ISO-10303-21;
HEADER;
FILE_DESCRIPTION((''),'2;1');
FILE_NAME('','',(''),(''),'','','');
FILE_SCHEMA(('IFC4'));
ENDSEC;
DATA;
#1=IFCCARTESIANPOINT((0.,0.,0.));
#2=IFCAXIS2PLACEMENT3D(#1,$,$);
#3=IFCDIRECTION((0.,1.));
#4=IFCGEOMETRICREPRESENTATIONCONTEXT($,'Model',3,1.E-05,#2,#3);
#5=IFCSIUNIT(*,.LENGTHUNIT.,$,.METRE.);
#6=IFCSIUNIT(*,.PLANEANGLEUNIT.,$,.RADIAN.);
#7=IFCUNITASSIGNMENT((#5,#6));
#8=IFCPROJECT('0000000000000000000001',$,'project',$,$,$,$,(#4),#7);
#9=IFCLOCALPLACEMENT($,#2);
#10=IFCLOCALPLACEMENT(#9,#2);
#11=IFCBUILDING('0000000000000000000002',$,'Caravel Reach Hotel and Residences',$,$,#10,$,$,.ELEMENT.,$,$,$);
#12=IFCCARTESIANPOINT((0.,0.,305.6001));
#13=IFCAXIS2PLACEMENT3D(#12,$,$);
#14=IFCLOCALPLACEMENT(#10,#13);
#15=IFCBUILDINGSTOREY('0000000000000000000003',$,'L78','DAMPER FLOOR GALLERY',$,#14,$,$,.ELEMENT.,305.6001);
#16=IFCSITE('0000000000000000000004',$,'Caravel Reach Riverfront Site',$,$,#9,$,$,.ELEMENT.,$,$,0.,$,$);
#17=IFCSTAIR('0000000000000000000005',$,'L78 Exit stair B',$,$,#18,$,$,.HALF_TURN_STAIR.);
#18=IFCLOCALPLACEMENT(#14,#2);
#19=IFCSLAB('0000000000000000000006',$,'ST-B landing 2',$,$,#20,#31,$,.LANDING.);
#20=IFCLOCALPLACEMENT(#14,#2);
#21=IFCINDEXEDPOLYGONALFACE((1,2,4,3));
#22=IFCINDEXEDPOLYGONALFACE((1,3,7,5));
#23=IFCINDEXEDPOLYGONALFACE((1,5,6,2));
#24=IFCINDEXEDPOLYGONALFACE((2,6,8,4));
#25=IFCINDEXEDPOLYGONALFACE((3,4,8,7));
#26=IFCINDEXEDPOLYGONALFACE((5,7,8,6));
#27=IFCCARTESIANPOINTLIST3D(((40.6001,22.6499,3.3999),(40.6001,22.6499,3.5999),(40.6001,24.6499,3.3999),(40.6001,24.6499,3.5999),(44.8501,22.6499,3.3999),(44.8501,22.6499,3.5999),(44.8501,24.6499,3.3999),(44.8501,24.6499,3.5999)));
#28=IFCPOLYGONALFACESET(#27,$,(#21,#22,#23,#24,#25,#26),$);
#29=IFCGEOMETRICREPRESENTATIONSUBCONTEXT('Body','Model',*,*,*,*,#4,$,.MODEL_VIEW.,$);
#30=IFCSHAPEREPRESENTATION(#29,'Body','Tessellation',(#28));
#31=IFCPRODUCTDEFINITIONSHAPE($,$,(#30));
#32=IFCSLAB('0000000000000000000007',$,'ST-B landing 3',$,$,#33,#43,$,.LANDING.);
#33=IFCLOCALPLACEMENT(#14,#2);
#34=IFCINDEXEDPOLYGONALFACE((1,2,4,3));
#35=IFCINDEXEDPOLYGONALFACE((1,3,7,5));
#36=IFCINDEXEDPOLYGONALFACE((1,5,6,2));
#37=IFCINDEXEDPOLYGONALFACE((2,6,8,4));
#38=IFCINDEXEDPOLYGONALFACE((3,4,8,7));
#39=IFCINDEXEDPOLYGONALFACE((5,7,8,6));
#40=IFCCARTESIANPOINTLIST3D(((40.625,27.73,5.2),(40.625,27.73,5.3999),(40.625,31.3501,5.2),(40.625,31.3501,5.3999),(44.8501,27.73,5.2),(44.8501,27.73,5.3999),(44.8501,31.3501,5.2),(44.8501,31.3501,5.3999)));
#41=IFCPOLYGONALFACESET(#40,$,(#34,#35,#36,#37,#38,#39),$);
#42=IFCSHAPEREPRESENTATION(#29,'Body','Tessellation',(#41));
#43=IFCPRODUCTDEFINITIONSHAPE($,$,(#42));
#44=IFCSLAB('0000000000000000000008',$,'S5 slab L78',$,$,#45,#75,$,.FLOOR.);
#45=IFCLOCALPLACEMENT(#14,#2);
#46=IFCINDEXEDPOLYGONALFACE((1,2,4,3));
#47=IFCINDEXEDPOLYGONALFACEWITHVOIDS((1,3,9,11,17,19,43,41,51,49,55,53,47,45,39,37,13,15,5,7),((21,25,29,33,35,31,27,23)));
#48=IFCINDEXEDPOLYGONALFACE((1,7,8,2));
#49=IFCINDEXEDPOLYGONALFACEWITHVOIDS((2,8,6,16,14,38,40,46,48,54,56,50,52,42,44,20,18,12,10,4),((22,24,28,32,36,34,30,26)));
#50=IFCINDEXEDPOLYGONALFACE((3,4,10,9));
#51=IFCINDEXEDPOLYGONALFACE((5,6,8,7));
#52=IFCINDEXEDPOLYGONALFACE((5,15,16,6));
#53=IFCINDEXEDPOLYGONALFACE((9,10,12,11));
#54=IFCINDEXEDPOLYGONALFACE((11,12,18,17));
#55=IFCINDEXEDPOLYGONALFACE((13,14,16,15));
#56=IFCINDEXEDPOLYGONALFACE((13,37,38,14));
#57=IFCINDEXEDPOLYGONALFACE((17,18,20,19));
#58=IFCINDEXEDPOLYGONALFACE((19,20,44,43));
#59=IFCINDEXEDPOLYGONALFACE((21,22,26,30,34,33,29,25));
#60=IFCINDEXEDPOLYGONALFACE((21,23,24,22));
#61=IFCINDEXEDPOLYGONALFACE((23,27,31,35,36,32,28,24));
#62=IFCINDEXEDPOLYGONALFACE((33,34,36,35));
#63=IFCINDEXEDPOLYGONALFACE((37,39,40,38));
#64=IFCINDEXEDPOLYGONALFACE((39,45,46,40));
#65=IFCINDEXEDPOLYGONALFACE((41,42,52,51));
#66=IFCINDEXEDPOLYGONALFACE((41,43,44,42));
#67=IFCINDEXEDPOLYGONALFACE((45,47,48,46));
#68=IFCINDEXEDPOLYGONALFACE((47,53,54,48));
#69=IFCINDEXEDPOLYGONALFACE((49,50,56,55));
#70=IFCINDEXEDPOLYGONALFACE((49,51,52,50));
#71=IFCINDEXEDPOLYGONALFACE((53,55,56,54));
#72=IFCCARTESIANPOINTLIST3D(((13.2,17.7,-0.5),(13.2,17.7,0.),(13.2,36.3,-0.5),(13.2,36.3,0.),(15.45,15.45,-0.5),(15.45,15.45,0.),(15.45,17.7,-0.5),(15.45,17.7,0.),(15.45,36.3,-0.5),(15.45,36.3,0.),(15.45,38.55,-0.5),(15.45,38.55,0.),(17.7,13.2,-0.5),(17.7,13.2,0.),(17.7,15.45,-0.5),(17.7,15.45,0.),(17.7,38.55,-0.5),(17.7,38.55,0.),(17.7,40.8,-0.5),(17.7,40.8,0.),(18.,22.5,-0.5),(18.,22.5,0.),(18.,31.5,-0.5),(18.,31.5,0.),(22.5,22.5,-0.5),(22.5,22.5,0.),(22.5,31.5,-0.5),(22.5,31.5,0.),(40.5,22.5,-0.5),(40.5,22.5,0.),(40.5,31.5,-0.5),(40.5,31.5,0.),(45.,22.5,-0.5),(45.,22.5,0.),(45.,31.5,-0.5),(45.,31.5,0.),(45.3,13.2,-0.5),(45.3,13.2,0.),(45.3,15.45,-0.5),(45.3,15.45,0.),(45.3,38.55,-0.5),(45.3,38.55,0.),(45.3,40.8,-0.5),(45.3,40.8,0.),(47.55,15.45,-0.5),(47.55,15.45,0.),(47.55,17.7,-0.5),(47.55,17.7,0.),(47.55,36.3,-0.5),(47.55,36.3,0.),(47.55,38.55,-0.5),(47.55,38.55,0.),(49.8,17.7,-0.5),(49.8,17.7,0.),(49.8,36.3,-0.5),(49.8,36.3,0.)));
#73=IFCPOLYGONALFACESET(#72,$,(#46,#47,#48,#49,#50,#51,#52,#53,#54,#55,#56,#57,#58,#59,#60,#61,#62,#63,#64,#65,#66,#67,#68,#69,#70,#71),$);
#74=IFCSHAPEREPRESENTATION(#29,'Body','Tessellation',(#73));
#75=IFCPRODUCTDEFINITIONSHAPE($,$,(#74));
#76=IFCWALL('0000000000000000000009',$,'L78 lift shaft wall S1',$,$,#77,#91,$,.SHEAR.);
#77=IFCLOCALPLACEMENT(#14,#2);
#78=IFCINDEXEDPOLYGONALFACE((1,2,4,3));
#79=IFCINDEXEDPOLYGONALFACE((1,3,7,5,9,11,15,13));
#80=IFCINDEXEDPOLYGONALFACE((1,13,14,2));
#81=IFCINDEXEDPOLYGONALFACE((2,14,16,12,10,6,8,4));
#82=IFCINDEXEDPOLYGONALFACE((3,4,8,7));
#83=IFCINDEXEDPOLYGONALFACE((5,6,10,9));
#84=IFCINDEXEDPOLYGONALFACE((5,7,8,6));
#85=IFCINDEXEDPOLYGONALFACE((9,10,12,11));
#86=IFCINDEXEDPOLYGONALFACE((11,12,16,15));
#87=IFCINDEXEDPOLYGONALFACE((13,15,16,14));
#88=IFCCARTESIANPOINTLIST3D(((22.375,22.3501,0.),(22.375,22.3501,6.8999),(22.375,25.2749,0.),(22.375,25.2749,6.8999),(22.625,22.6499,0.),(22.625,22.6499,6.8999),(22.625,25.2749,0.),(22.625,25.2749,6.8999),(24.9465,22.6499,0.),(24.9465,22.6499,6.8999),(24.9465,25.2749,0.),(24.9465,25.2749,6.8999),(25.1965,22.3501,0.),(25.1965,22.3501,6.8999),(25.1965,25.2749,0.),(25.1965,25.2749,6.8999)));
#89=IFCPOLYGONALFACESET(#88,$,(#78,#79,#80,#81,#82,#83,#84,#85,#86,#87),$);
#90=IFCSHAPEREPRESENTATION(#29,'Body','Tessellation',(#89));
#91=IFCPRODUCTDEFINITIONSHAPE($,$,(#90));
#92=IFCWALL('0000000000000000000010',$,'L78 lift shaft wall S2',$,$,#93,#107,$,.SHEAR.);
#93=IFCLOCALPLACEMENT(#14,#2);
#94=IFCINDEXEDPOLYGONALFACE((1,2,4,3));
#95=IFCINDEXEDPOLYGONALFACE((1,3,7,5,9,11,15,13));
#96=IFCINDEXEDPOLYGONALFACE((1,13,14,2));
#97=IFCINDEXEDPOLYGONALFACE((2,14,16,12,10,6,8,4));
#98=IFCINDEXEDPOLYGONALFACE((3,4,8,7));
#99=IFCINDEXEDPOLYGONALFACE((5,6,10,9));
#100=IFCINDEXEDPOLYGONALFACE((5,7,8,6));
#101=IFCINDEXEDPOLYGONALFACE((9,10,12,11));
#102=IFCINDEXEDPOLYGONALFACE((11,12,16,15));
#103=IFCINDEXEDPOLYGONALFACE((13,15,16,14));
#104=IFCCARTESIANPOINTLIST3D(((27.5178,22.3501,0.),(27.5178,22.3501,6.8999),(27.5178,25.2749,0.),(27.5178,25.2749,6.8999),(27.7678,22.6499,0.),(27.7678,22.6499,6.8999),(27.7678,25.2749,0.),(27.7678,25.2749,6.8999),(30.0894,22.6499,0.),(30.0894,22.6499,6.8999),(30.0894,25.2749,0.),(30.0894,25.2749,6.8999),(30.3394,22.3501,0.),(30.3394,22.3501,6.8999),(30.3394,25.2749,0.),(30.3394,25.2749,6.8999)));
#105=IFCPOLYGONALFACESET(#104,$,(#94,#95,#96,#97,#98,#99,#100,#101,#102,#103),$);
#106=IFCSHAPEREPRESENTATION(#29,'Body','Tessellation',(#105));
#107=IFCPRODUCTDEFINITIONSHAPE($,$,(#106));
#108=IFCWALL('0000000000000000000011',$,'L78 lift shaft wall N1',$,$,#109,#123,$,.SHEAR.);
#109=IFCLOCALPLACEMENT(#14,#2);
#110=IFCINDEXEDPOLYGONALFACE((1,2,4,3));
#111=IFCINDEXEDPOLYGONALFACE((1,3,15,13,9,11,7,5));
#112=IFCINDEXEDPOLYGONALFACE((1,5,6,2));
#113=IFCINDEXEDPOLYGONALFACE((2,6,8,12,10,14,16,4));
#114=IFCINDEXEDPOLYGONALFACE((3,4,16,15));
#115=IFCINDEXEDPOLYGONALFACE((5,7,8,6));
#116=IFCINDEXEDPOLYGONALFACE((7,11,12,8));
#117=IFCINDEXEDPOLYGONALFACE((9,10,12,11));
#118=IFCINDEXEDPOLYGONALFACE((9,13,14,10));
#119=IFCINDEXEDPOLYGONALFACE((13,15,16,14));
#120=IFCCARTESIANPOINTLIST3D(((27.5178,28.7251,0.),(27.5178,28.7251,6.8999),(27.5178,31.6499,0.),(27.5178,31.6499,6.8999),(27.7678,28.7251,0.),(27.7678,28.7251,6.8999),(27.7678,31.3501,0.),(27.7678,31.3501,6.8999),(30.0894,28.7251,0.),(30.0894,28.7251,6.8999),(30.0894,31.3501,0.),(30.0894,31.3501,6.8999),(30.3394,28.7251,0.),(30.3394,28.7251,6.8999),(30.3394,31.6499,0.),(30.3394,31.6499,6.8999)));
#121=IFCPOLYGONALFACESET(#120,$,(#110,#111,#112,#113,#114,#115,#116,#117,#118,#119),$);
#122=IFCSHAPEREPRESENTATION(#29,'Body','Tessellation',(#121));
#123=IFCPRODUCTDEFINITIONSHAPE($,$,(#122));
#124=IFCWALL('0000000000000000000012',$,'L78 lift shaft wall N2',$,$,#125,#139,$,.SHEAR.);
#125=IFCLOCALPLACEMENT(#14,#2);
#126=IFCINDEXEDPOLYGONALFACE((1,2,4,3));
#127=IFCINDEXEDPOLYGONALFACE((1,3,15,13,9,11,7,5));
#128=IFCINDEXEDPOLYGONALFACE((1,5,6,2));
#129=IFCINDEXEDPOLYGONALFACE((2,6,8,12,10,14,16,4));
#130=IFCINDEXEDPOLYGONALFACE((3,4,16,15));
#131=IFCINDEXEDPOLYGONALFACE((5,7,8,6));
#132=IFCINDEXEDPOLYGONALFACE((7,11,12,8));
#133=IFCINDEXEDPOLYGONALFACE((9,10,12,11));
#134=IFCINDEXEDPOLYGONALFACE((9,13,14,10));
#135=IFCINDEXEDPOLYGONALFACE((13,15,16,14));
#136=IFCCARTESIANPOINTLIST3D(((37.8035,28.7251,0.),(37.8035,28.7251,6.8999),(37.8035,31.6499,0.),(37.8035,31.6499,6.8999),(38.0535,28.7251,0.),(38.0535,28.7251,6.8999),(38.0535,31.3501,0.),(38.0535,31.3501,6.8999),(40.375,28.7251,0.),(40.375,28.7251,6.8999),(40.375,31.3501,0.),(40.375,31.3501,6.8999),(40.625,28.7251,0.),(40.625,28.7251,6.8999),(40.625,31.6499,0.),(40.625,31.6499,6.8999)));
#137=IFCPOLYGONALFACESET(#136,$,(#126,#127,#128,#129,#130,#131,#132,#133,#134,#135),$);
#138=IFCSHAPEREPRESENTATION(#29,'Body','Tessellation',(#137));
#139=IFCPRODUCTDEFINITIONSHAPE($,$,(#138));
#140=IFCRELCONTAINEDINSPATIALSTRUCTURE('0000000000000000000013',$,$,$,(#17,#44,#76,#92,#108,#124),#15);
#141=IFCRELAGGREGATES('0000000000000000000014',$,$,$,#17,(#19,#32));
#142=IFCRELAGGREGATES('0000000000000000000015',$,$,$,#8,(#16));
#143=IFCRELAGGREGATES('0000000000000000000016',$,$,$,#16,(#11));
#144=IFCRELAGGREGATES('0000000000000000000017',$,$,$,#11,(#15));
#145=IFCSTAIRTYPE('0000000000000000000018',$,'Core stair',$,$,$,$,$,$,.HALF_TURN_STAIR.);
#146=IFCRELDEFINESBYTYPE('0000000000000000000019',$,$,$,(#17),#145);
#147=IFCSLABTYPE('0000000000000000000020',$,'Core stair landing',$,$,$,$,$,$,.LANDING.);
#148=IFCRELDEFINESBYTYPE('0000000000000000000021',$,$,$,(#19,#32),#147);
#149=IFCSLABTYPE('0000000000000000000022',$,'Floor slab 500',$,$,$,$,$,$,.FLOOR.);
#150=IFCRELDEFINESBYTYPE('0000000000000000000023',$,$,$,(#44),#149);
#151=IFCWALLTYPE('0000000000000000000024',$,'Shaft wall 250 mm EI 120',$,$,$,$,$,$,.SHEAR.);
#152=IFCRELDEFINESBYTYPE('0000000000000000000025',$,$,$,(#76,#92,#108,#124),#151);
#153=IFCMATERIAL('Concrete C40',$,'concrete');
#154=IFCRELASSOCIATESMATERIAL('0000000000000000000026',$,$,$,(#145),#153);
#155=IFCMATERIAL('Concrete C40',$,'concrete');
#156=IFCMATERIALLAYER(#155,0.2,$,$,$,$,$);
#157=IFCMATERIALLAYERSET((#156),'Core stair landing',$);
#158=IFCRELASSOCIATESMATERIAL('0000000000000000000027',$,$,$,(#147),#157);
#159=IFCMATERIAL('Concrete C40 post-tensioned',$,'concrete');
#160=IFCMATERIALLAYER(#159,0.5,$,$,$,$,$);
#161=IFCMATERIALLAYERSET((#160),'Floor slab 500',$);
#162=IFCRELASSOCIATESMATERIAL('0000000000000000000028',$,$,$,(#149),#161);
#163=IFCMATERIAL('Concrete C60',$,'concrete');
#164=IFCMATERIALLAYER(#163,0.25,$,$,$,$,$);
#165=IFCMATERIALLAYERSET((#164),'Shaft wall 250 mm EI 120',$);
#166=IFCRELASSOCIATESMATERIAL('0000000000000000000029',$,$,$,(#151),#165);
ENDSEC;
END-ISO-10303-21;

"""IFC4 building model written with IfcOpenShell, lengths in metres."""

from ifc_helpers import new_model, si_unit, direction, frame, origin, place, context, subcontext, project, spatial, polyline, outline, extrude, material, layer, layer_set, type_object, element, aggregate, save


model = new_model("IFC4")

# Units and contexts
model_context = context("Model", 3, precision=1e-05, world=origin(), true_north=direction((0.0, 1.0)))
body_context = subcontext(model_context, "Body", "Model", "MODEL_VIEW")
ifc_project = project(units=[si_unit("LENGTHUNIT", "METRE"), si_unit("PLANEANGLEUNIT", "RADIAN")], contexts=[model_context])

# Site, building, storey
site_placement = place(None, origin())
site = spatial("IfcSite", under=ifc_project, at=site_placement, Name="Caravel Reach Riverfront Site", CompositionType="ELEMENT", RefElevation=0.0)
building_placement = place(site_placement, origin())
building = spatial("IfcBuilding", under=site, at=building_placement, Name="Caravel Reach Hotel and Residences", CompositionType="ELEMENT")
storey_placement = place(building_placement, frame((0.0, 0.0, 305.6001)))
storey = spatial("IfcBuildingStorey", under=building, at=storey_placement, Name="L78", Description="DAMPER FLOOR GALLERY", CompositionType="ELEMENT", Elevation=305.6001)

# Stair, slabs
ifc_material_1 = material(Name="Concrete C40", Category="concrete")
stair_type = type_object("IfcStairType", Name="Core stair", PredefinedType="HALF_TURN_STAIR", material=ifc_material_1)
ifc_material_2 = material(Name="Concrete C40", Category="concrete")
ifc_layer_1 = layer(ifc_material_2, 0.2)
ifc_layer_set_1 = layer_set([ifc_layer_1], Name="Core stair landing")
slab_type_1 = type_object("IfcSlabType", Name="Core stair landing", PredefinedType="LANDING", material=ifc_layer_set_1)
stair_1_placement = place(storey_placement, origin())
stair_1 = element("IfcStair", 1, at=stair_1_placement, inside=storey, type_object=stair_type, Name="L78 Exit stair B", PredefinedType="HALF_TURN_STAIR")
slab_1_placement = place(storey_placement, frame((0.0, 0.0, 3.3999)))
slab_1 = element("IfcSlab", 2, at=slab_1_placement, type_object=slab_type_1, Name="ST-B landing 2", PredefinedType="LANDING", context=body_context, shape_type="SweptSolid", body=[
    extrude(outline(polyline([(44.8501, 22.6499), (44.8501, 24.6499), (40.6001, 24.6499), (40.6001, 22.6499), (44.8501, 22.6499)])), origin(), (0.0, 0.0, 1.0), 0.2),
])
slab_2_placement = place(storey_placement, frame((0.0, 0.0, 5.2)))
slab_2 = element("IfcSlab", 3, at=slab_2_placement, type_object=slab_type_1, Name="ST-B landing 3", PredefinedType="LANDING", context=body_context, shape_type="SweptSolid", body=[
    extrude(outline(polyline([(44.8501, 27.73), (44.8501, 31.3501), (40.625, 31.3501), (40.625, 27.73), (44.8501, 27.73)])), origin(), (0.0, 0.0, 1.0), 0.2),
])
aggregate(stair_1, [slab_1, slab_2])

# Slab
ifc_material_3 = material(Name="Concrete C40 post-tensioned", Category="concrete")
ifc_layer_2 = layer(ifc_material_3, 0.5)
ifc_layer_set_2 = layer_set([ifc_layer_2], Name="Floor slab 500")
slab_type_2 = type_object("IfcSlabType", Name="Floor slab 500", PredefinedType="FLOOR", material=ifc_layer_set_2)
slab_3_placement = place(storey_placement, frame((0.0, 0.0, -0.5)))
element("IfcSlab", 4, at=slab_3_placement, inside=storey, type_object=slab_type_2, Name="S5 slab L78", PredefinedType="FLOOR", context=body_context, shape_type="SweptSolid", body=[
    extrude(outline(polyline([(15.45, 17.7), (13.2, 17.7), (13.2, 36.3), (15.45, 36.3), (15.45, 38.55), (17.7, 38.55), (17.7, 40.8), (45.3, 40.8), (45.3, 38.55), (47.55, 38.55), (47.55, 36.3), (49.8, 36.3), (49.8, 17.7), (47.55, 17.7), (47.55, 15.45), (45.3, 15.45), (45.3, 13.2), (17.7, 13.2), (17.7, 15.45), (15.45, 15.45), (15.45, 17.7)]), holes=[polyline([(18.0, 31.5), (18.0, 22.5), (22.5, 22.5), (40.5, 22.5), (45.0, 22.5), (45.0, 31.5), (40.5, 31.5), (22.5, 31.5), (18.0, 31.5)])]), origin(), (0.0, 0.0, 1.0), 0.5),
])

# Walls
ifc_material_4 = material(Name="Concrete C60", Category="concrete")
ifc_layer_3 = layer(ifc_material_4, 0.25)
ifc_layer_set_3 = layer_set([ifc_layer_3], Name="Shaft wall 250 mm EI 120")
wall_type = type_object("IfcWallType", Name="Shaft wall 250 mm EI 120", PredefinedType="SHEAR", material=ifc_layer_set_3)
wall_1_placement = place(storey_placement, origin())
element("IfcWall", 5, at=wall_1_placement, inside=storey, type_object=wall_type, Name="L78 lift shaft wall S1", PredefinedType="SHEAR", context=body_context, shape_type="SweptSolid", body=[
    extrude(outline(polyline([(22.375, 22.3501), (25.1965, 22.3501), (25.1965, 25.2749), (24.9465, 25.2749), (24.9465, 22.6499), (22.625, 22.6499), (22.625, 25.2749), (22.375, 25.2749), (22.375, 22.3501)])), origin(), (0.0, 0.0, 1.0), 6.8999),
])
wall_2_placement = place(storey_placement, origin())
element("IfcWall", 6, at=wall_2_placement, inside=storey, type_object=wall_type, Name="L78 lift shaft wall S2", PredefinedType="SHEAR", context=body_context, shape_type="SweptSolid", body=[
    extrude(outline(polyline([(27.5178, 22.3501), (30.3394, 22.3501), (30.3394, 25.2749), (30.0894, 25.2749), (30.0894, 22.6499), (27.7678, 22.6499), (27.7678, 25.2749), (27.5178, 25.2749), (27.5178, 22.3501)])), origin(), (0.0, 0.0, 1.0), 6.8999),
])
wall_3_placement = place(storey_placement, origin())
element("IfcWall", 7, at=wall_3_placement, inside=storey, type_object=wall_type, Name="L78 lift shaft wall N1", PredefinedType="SHEAR", context=body_context, shape_type="SweptSolid", body=[
    extrude(outline(polyline([(27.5178, 28.7251), (27.7678, 28.7251), (27.7678, 31.3501), (30.0894, 31.3501), (30.0894, 28.7251), (30.3394, 28.7251), (30.3394, 31.6499), (27.5178, 31.6499), (27.5178, 28.7251)])), origin(), (0.0, 0.0, 1.0), 6.8999),
])
wall_4_placement = place(storey_placement, origin())
element("IfcWall", 8, at=wall_4_placement, inside=storey, type_object=wall_type, Name="L78 lift shaft wall N2", PredefinedType="SHEAR", context=body_context, shape_type="SweptSolid", body=[
    extrude(outline(polyline([(37.8035, 28.7251), (38.0535, 28.7251), (38.0535, 31.3501), (40.375, 31.3501), (40.375, 28.7251), (40.625, 28.7251), (40.625, 31.6499), (37.8035, 31.6499), (37.8035, 28.7251)])), origin(), (0.0, 0.0, 1.0), 6.8999),
])

save(model, "model.ifc")
